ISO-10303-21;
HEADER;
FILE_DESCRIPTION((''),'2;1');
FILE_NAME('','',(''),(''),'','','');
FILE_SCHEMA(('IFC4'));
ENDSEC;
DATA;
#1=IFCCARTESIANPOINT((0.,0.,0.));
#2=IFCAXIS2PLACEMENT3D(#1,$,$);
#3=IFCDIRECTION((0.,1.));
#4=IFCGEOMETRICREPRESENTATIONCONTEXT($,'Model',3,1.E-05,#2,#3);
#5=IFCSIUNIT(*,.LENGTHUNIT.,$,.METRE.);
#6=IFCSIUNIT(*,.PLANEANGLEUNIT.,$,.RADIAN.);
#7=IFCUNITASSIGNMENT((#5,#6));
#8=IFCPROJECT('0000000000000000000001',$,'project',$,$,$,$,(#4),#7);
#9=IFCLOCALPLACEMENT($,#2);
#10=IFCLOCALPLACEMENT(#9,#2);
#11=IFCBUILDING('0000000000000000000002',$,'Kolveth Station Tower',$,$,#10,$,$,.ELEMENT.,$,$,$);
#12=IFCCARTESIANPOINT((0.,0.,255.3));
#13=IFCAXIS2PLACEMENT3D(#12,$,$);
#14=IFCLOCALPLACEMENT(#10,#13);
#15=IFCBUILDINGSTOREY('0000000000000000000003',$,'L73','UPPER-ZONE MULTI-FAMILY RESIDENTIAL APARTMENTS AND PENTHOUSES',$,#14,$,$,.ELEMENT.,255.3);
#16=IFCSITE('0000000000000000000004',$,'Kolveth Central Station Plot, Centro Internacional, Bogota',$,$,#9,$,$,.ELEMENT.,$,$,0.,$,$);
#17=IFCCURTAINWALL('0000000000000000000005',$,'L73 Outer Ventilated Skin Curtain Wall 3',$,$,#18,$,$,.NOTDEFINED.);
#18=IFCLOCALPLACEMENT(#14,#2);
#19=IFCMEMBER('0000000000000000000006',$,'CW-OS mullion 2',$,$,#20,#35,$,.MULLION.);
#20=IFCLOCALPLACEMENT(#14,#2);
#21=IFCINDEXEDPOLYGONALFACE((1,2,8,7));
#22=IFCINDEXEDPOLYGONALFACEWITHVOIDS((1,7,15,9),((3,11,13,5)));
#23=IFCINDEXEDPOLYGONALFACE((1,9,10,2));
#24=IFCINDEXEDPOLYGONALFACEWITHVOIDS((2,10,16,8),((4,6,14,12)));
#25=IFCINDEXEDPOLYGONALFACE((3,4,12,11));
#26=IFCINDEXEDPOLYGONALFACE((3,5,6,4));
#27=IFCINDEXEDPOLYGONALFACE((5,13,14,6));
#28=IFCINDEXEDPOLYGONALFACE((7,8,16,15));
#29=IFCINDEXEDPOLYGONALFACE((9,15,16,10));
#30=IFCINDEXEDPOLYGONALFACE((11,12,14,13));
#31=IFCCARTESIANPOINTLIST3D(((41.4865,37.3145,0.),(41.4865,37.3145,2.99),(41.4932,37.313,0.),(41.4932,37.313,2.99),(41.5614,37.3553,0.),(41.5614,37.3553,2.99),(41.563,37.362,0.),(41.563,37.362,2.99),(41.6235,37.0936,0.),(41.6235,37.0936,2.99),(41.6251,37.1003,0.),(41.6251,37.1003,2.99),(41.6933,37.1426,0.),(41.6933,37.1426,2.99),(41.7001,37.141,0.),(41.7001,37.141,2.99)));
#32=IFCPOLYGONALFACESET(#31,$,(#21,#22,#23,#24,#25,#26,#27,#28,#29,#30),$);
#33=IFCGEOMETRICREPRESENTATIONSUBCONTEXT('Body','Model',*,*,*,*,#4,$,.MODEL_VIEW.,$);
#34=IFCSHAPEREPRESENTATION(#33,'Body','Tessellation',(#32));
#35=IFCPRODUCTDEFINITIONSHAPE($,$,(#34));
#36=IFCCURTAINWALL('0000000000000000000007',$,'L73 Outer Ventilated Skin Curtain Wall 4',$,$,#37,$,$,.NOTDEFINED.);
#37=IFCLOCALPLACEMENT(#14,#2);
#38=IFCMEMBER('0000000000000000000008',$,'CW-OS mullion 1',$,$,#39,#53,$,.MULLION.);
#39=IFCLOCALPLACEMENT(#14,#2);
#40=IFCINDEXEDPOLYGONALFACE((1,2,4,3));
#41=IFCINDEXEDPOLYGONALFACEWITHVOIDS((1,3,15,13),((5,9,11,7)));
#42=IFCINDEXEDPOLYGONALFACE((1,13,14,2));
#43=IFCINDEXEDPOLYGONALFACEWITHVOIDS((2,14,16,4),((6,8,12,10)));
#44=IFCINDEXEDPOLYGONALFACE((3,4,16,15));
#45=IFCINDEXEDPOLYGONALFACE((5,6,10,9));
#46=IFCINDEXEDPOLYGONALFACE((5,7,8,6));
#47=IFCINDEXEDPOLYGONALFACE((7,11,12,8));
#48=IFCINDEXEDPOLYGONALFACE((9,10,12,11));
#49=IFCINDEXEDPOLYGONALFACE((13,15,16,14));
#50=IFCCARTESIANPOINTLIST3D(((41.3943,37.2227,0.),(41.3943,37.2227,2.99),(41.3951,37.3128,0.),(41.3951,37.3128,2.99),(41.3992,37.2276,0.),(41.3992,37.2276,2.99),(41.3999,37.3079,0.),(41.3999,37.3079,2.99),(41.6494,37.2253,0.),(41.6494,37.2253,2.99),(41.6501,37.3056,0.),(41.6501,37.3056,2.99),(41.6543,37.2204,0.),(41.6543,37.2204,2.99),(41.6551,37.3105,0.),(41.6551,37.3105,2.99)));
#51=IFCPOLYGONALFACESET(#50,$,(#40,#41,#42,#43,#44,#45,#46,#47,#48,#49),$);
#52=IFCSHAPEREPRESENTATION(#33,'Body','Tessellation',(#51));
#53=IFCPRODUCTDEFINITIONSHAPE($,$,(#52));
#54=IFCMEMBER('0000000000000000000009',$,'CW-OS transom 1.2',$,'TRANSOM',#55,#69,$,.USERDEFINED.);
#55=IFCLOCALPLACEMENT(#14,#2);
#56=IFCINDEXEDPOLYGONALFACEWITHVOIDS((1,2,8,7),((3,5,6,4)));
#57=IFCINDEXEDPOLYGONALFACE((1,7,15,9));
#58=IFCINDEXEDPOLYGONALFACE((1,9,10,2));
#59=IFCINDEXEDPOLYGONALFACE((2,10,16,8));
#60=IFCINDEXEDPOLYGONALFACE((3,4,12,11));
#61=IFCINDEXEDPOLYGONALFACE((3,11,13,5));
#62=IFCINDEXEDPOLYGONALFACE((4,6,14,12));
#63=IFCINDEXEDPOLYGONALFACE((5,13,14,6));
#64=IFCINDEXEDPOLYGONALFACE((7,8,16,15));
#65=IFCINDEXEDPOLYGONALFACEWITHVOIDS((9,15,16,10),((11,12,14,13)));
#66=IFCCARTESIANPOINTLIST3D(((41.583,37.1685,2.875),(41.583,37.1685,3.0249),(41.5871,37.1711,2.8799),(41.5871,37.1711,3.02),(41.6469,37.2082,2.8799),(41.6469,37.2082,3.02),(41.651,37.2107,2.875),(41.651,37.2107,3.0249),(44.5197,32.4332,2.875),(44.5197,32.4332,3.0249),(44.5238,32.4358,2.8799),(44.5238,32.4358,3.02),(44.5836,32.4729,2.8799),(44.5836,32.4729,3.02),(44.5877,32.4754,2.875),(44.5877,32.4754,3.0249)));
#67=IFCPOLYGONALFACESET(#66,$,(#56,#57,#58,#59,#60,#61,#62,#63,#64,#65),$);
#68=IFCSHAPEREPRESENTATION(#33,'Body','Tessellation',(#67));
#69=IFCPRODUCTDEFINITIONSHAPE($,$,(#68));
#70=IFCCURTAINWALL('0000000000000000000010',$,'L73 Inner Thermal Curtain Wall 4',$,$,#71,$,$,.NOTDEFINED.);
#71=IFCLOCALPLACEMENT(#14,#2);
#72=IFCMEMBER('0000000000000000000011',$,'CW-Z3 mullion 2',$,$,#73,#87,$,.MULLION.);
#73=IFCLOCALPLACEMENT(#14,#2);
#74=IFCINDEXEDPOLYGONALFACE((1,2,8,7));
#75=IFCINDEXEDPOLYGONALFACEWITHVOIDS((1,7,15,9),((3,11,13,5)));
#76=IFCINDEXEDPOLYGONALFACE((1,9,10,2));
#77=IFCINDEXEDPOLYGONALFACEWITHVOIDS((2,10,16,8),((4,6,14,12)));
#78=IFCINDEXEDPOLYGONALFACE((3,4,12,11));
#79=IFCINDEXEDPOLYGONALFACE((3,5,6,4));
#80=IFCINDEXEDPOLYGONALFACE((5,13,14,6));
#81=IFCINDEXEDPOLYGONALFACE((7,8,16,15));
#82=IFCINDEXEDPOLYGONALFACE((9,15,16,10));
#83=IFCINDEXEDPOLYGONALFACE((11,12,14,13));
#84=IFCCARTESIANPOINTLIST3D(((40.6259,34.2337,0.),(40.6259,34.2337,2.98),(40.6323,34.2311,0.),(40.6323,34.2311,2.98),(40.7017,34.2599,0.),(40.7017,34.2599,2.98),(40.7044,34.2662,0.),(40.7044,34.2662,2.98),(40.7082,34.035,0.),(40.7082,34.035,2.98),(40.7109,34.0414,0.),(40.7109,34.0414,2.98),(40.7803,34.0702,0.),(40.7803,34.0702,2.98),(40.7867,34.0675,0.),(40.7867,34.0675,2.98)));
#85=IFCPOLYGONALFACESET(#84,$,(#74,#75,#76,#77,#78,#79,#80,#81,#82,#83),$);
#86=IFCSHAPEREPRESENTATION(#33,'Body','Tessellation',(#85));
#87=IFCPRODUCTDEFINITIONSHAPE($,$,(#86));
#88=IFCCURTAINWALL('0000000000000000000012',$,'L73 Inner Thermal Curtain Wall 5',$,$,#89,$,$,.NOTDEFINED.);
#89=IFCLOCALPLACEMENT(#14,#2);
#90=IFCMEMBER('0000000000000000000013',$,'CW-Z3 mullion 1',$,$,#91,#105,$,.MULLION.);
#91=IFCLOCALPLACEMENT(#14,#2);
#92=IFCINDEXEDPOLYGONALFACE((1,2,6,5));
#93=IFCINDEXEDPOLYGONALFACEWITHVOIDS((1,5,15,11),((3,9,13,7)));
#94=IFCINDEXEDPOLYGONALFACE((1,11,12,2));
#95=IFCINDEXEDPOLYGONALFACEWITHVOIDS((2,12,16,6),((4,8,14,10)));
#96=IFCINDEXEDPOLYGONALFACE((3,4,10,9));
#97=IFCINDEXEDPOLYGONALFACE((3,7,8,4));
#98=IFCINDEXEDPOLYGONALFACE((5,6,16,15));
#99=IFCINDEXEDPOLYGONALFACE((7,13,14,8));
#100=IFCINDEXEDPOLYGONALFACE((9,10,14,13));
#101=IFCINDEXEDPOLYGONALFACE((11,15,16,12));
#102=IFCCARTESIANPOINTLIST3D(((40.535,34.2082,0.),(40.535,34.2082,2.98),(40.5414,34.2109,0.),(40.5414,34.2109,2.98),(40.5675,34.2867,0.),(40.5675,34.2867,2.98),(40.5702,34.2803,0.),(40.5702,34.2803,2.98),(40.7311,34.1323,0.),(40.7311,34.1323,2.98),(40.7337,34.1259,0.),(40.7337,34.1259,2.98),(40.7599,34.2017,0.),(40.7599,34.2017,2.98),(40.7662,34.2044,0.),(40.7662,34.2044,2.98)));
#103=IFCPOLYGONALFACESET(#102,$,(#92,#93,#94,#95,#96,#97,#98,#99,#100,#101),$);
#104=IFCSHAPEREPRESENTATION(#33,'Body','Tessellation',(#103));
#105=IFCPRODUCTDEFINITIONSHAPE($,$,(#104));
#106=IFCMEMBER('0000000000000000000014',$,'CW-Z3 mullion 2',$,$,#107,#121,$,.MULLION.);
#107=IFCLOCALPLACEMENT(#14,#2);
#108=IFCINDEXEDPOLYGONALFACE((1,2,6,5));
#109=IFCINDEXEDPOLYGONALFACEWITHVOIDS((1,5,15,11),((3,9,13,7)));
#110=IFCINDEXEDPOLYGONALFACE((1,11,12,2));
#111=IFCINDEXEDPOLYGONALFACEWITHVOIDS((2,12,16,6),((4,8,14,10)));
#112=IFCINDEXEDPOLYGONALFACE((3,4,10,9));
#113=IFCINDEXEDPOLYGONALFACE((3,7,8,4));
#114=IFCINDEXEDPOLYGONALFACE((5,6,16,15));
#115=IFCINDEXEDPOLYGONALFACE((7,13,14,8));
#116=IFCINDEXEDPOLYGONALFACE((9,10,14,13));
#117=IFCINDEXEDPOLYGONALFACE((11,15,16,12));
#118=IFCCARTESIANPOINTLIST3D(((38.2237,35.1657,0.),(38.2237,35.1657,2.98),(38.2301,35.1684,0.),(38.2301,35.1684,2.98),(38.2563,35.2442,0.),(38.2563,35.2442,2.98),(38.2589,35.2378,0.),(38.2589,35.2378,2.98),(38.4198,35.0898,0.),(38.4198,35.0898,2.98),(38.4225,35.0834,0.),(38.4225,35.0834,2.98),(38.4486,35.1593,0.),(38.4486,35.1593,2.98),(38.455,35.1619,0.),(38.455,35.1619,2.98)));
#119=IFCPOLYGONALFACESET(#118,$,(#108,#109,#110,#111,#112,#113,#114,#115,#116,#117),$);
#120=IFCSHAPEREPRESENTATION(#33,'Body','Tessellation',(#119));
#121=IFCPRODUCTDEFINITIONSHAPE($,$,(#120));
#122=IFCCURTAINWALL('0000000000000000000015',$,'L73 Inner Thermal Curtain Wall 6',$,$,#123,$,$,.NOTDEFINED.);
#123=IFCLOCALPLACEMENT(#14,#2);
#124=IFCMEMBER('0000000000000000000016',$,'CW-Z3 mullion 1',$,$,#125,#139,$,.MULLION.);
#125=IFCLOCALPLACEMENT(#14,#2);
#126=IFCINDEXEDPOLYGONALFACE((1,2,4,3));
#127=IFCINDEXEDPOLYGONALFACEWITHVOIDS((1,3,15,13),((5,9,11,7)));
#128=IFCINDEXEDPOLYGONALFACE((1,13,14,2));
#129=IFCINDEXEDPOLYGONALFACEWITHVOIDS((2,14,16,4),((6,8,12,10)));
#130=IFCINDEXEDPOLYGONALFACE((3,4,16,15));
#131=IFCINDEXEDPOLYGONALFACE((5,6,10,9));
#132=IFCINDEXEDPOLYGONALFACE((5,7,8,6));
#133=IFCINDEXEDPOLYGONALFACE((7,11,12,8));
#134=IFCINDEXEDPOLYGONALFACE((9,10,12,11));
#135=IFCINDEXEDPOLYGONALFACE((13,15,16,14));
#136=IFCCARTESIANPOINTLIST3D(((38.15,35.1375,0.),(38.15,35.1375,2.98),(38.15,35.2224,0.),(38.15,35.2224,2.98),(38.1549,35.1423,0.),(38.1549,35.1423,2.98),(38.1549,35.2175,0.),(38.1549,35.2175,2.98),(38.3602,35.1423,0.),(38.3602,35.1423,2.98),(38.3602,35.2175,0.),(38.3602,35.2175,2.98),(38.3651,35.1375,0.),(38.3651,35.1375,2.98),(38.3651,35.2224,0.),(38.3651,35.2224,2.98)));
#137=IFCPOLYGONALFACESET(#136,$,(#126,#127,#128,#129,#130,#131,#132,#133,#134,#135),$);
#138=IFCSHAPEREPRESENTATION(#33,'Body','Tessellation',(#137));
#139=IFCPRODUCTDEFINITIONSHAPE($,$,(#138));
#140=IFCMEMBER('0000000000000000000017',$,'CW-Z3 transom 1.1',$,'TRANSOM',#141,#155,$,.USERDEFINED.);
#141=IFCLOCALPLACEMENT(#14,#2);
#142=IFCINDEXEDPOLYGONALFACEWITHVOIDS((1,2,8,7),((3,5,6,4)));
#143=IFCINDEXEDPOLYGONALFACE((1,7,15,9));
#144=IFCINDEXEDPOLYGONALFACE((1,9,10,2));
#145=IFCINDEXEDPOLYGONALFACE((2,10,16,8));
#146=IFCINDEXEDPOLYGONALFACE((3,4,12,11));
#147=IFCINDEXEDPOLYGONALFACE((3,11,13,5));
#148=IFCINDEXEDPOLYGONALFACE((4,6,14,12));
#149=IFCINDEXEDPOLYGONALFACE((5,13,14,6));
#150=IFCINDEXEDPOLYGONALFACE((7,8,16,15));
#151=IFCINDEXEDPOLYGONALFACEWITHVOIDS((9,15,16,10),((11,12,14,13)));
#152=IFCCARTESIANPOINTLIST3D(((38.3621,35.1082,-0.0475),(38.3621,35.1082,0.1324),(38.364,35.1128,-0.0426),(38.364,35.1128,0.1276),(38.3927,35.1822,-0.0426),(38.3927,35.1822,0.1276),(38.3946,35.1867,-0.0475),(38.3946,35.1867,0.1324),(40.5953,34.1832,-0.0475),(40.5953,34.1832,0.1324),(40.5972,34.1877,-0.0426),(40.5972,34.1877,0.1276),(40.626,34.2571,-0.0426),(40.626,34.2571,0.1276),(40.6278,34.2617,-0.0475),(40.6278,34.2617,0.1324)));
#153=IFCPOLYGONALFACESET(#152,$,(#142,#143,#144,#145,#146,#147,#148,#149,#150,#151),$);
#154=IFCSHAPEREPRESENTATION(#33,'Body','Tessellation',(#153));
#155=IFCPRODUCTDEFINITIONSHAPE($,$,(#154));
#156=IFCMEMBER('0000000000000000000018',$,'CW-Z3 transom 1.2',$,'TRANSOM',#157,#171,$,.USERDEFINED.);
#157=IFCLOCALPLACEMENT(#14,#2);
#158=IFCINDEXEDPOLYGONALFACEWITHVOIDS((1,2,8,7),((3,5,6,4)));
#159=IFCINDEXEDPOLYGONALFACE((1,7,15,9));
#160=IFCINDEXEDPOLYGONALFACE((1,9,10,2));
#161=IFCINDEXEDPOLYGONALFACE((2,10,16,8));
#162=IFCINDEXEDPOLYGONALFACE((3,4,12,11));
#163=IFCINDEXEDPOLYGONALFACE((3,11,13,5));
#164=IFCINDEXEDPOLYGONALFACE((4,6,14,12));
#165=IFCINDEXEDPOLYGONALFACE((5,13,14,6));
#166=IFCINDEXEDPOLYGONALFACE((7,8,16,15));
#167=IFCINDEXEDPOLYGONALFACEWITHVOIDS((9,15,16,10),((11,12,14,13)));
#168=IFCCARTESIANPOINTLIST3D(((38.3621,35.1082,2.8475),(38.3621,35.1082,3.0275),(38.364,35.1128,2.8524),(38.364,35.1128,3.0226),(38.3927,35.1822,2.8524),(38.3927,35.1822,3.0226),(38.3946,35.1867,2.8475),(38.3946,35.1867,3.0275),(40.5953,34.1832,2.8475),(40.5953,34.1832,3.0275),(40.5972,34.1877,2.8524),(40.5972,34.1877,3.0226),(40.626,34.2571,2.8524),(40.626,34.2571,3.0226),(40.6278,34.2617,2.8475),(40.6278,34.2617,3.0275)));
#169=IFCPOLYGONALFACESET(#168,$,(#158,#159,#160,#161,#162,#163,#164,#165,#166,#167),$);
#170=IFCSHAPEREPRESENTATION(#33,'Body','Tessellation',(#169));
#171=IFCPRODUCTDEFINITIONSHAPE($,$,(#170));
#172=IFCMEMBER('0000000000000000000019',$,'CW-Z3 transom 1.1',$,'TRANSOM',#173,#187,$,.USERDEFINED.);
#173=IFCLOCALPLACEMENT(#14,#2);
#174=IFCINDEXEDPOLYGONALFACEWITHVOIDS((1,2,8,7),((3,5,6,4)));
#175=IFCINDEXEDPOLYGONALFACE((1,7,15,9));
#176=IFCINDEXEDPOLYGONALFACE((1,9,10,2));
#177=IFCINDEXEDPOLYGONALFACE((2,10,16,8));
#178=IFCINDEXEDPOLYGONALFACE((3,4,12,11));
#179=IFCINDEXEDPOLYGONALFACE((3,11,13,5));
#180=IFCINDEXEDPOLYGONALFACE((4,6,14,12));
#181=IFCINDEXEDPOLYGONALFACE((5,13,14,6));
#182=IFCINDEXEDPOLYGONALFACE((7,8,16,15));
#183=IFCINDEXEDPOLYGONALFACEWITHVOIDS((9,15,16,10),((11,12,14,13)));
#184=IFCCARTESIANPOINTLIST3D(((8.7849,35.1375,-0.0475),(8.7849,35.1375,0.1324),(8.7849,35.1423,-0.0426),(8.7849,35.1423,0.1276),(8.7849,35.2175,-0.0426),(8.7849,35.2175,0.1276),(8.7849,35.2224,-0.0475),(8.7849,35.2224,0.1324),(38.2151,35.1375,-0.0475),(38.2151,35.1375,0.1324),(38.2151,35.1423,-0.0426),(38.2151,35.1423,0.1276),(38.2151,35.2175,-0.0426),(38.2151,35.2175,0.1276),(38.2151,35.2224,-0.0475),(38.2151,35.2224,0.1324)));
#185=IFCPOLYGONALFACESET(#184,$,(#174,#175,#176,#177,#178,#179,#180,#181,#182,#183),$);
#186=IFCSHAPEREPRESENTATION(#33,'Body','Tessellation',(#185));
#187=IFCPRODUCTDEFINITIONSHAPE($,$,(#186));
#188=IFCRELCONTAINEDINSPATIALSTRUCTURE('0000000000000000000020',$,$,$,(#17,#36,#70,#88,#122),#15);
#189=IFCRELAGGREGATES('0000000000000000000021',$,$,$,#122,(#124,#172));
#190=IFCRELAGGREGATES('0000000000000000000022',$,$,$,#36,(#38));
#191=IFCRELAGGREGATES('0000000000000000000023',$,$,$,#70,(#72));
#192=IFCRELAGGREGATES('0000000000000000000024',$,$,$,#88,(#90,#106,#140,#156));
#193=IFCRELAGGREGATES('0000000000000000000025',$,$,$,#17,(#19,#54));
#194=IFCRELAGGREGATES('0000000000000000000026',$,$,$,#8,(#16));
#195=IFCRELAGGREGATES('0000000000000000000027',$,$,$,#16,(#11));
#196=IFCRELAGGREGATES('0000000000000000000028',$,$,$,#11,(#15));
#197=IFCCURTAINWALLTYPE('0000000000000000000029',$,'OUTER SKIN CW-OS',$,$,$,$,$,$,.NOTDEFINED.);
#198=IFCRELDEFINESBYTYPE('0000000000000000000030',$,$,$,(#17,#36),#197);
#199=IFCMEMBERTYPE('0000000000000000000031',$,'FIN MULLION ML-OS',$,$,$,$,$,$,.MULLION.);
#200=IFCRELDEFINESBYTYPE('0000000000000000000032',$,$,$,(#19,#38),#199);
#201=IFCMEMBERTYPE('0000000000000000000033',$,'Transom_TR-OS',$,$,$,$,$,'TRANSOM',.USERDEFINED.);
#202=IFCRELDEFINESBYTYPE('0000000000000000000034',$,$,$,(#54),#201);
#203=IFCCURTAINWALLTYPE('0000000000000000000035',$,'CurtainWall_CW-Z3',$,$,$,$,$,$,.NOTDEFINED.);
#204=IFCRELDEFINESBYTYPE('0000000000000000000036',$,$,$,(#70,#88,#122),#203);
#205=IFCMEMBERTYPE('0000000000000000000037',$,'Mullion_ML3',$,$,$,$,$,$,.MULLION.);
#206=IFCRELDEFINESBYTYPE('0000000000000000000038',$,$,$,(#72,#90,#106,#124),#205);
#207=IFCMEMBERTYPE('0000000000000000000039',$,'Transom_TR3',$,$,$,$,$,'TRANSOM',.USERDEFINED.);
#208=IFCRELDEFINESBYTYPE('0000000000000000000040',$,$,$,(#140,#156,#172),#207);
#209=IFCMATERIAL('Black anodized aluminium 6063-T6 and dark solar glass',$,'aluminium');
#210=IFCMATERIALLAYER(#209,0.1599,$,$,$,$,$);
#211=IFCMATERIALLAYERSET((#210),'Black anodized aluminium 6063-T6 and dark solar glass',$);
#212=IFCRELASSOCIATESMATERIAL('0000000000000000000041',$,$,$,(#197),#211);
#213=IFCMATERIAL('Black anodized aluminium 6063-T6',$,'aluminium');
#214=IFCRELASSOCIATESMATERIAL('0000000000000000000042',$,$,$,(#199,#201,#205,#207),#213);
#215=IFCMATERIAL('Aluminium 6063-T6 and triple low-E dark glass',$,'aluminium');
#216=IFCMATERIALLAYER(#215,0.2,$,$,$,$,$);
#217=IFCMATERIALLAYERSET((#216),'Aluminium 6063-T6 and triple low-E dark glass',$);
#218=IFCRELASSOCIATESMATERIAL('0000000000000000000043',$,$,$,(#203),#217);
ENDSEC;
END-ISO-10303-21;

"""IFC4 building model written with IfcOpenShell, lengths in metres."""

from ifc_helpers import new_model, si_unit, direction, frame, origin, origin_2d, place, context, subcontext, project, spatial, hollow_rectangle, extrude, source, transform, mapped, material, layer, layer_set, material_profile, profile_set, type_object, element, aggregate, save


model = new_model("IFC4")

# Units and contexts
model_context = context("Model", 3, precision=1e-05, world=origin(), true_north=direction((0.0, 1.0)))
body_context = subcontext(model_context, "Body", "Model", "MODEL_VIEW")
ifc_project = project(units=[si_unit("LENGTHUNIT", "METRE"), si_unit("PLANEANGLEUNIT", "RADIAN")], contexts=[model_context])

# Site, building, storey
site_placement = place(None, origin())
site = spatial("IfcSite", under=ifc_project, at=site_placement, Name="Kolveth Central Station Plot, Centro Internacional, Bogota", CompositionType="ELEMENT", RefElevation=0.0)
building_placement = place(site_placement, origin())
building = spatial("IfcBuilding", under=site, at=building_placement, Name="Kolveth Station Tower", CompositionType="ELEMENT")
storey_placement = place(building_placement, frame((0.0, 0.0, 255.3)))
storey = spatial("IfcBuildingStorey", under=building, at=storey_placement, Name="L73", Description="UPPER-ZONE MULTI-FAMILY RESIDENTIAL APARTMENTS AND PENTHOUSES", CompositionType="ELEMENT", Elevation=255.3)

# Curtain walls, members
ifc_material_1 = material(Name="Black anodized aluminium 6063-T6 and dark solar glass", Category="aluminium")
ifc_layer_1 = layer(ifc_material_1, 0.1599)
ifc_layer_set_1 = layer_set([ifc_layer_1], Name="Black anodized aluminium 6063-T6 and dark solar glass")
curtain_wall_type_1 = type_object("IfcCurtainWallType", Name="OUTER SKIN CW-OS", PredefinedType="NOTDEFINED", material=ifc_layer_set_1)
curtain_wall_1_placement = place(storey_placement, origin())
curtain_wall_1 = element("IfcCurtainWall", 1, at=curtain_wall_1_placement, inside=storey, type_object=curtain_wall_type_1, Name="L73 Outer Ventilated Skin Curtain Wall 3", PredefinedType="NOTDEFINED")
ifc_material_2 = material(Name="Black anodized aluminium 6063-T6", Category="aluminium")
ifc_material_profile_1 = material_profile(ifc_material_2, hollow_rectangle(XDim=0.0901, YDim=0.26, WallThickness=0.0049, at=origin_2d()), Name="ALU-90x260x5")
ifc_profile_set_1 = profile_set([ifc_material_profile_1], Name="Black anodized aluminium 6063-T6")
member_type_1 = type_object("IfcMemberType", Name="FIN MULLION ML-OS", PredefinedType="MULLION", material=ifc_profile_set_1)
shared_shape_1 = source(origin(), body_context, "Body", "SweptSolid", [
    extrude(hollow_rectangle(XDim=0.0901, YDim=0.26, WallThickness=0.0049, at=origin_2d()), origin(), (0.0, 0.0, 1.0), 2.99),
])
member_1_placement = place(storey_placement, frame((41.5933, 37.2278, 0.0), z_axis=(0.0, 0.0, 1.0), x_axis=(-0.849844, -0.527034, 0.0)))
member_1 = element("IfcMember", 2, at=member_1_placement, type_object=member_type_1, Name="CW-OS mullion 2", PredefinedType="MULLION", context=body_context, shape_type="MappedRepresentation", body=[
    mapped(shared_shape_1, transform((0.0, 0.0, 0.0), x_axis=(1.0, 0.0, 0.0), y_axis=(0.0, 1.0, 0.0), z_axis=(0.0, 0.0, 1.0), scale=1.0)),
])
curtain_wall_2_placement = place(storey_placement, origin())
curtain_wall_2 = element("IfcCurtainWall", 3, at=curtain_wall_2_placement, inside=storey, type_object=curtain_wall_type_1, Name="L73 Outer Ventilated Skin Curtain Wall 4", PredefinedType="NOTDEFINED")
member_2_placement = place(storey_placement, frame((41.5247, 37.2666, 0.0), z_axis=(0.0, 0.0, 1.0), x_axis=(-0.009022, -0.999959, 0.0)))
member_2 = element("IfcMember", 4, at=member_2_placement, type_object=member_type_1, Name="CW-OS mullion 1", PredefinedType="MULLION", context=body_context, shape_type="MappedRepresentation", body=[
    mapped(shared_shape_1, transform((0.0, 0.0, 0.0), x_axis=(1.0, 0.0, 0.0), y_axis=(0.0, 1.0, 0.0), z_axis=(0.0, 0.0, 1.0), scale=1.0)),
])

# Member
ifc_material_profile_2 = material_profile(ifc_material_2, hollow_rectangle(XDim=0.0801, YDim=0.1499, WallThickness=0.0049, at=origin_2d()), Name="ALU-80x150x5")
ifc_profile_set_2 = profile_set([ifc_material_profile_2], Name="Black anodized aluminium 6063-T6")
member_type_2 = type_object("IfcMemberType", Name="Transom_TR-OS", ElementType="TRANSOM", PredefinedType="USERDEFINED", material=ifc_profile_set_2)
shared_shape_2 = source(origin(), body_context, "Body", "SweptSolid", [
    extrude(hollow_rectangle(XDim=0.0801, YDim=0.1499, WallThickness=0.0049, at=origin_2d()), origin(), (0.0, 0.0, 1.0), 5.572),
])
member_3_placement = place(storey_placement, frame((44.5537, 32.4543, 2.95), z_axis=(-0.52705, 0.849834, 0.0), x_axis=(-0.849834, -0.52705, 0.0)))
member_3 = element("IfcMember", 5, at=member_3_placement, type_object=member_type_2, Name="CW-OS transom 1.2", ObjectType="TRANSOM", PredefinedType="USERDEFINED", context=body_context, shape_type="MappedRepresentation", body=[
    mapped(shared_shape_2, transform((0.0, 0.0, 0.0), x_axis=(1.0, 0.0, 0.0), y_axis=(0.0, 1.0, 0.0), z_axis=(0.0, 0.0, 1.0), scale=1.0)),
])

# Curtain wall, member
ifc_material_3 = material(Name="Aluminium 6063-T6 and triple low-E dark glass", Category="aluminium")
ifc_layer_2 = layer(ifc_material_3, 0.2)
ifc_layer_set_2 = layer_set([ifc_layer_2], Name="Aluminium 6063-T6 and triple low-E dark glass")
curtain_wall_type_2 = type_object("IfcCurtainWallType", Name="CurtainWall_CW-Z3", PredefinedType="NOTDEFINED", material=ifc_layer_set_2)
curtain_wall_3_placement = place(storey_placement, origin())
curtain_wall_3 = element("IfcCurtainWall", 6, at=curtain_wall_3_placement, inside=storey, type_object=curtain_wall_type_2, Name="L73 Inner Thermal Curtain Wall 4", PredefinedType="NOTDEFINED")
ifc_material_profile_3 = material_profile(ifc_material_2, hollow_rectangle(XDim=0.085, YDim=0.2151, WallThickness=0.0049, at=origin_2d()), Name="ALU-85x215x5")
ifc_profile_set_3 = profile_set([ifc_material_profile_3], Name="Black anodized aluminium 6063-T6")
member_type_3 = type_object("IfcMemberType", Name="Mullion_ML3", PredefinedType="MULLION", material=ifc_profile_set_3)
shared_shape_3 = source(origin(), body_context, "Body", "SweptSolid", [
    extrude(hollow_rectangle(XDim=0.085, YDim=0.2151, WallThickness=0.0049, at=origin_2d()), origin(), (0.0, 0.0, 1.0), 2.98),
])
member_4_placement = place(storey_placement, frame((40.7063, 34.1506, 0.0), z_axis=(0.0, 0.0, 1.0), x_axis=(-0.923875, -0.382693, 0.0)))
member_4 = element("IfcMember", 7, at=member_4_placement, type_object=member_type_3, Name="CW-Z3 mullion 2", PredefinedType="MULLION", context=body_context, shape_type="MappedRepresentation", body=[
    mapped(shared_shape_3, transform((0.0, 0.0, 0.0), x_axis=(1.0, 0.0, 0.0), y_axis=(0.0, 1.0, 0.0), z_axis=(0.0, 0.0, 1.0), scale=1.0)),
])

# Curtain wall, members
curtain_wall_4_placement = place(storey_placement, origin())
curtain_wall_4 = element("IfcCurtainWall", 8, at=curtain_wall_4_placement, inside=storey, type_object=curtain_wall_type_2, Name="L73 Inner Thermal Curtain Wall 5", PredefinedType="NOTDEFINED")
member_5_placement = place(storey_placement, frame((40.6506, 34.2063, 0.0), z_axis=(0.0, 0.0, 1.0), x_axis=(-0.382693, -0.923875, 0.0)))
member_5 = element("IfcMember", 9, at=member_5_placement, type_object=member_type_3, Name="CW-Z3 mullion 1", PredefinedType="MULLION", context=body_context, shape_type="MappedRepresentation", body=[
    mapped(shared_shape_3, transform((0.0, 0.0, 0.0), x_axis=(1.0, 0.0, 0.0), y_axis=(0.0, 1.0, 0.0), z_axis=(0.0, 0.0, 1.0), scale=1.0)),
])
member_6_placement = place(storey_placement, frame((38.3394, 35.1638, 0.0), z_axis=(0.0, 0.0, 1.0), x_axis=(-0.382693, -0.923875, 0.0)))
member_6 = element("IfcMember", 10, at=member_6_placement, type_object=member_type_3, Name="CW-Z3 mullion 2", PredefinedType="MULLION", context=body_context, shape_type="MappedRepresentation", body=[
    mapped(shared_shape_3, transform((0.0, 0.0, 0.0), x_axis=(1.0, 0.0, 0.0), y_axis=(0.0, 1.0, 0.0), z_axis=(0.0, 0.0, 1.0), scale=1.0)),
])

# Curtain wall, member
curtain_wall_5_placement = place(storey_placement, origin())
curtain_wall_5 = element("IfcCurtainWall", 11, at=curtain_wall_5_placement, inside=storey, type_object=curtain_wall_type_2, Name="L73 Inner Thermal Curtain Wall 6", PredefinedType="NOTDEFINED")
member_7_placement = place(storey_placement, frame((38.2576, 35.1799, 0.0), z_axis=(0.0, 0.0, 1.0), x_axis=(0.0, -1.0, 0.0)))
member_7 = element("IfcMember", 12, at=member_7_placement, type_object=member_type_3, Name="CW-Z3 mullion 1", PredefinedType="MULLION", context=body_context, shape_type="MappedRepresentation", body=[
    mapped(shared_shape_3, transform((0.0, 0.0, 0.0), x_axis=(1.0, 0.0, 0.0), y_axis=(0.0, 1.0, 0.0), z_axis=(0.0, 0.0, 1.0), scale=1.0)),
])

# Members
ifc_material_profile_4 = material_profile(ifc_material_2, hollow_rectangle(XDim=0.085, YDim=0.1799, WallThickness=0.0049, at=origin_2d()), Name="ALU-85x180x5")
ifc_profile_set_4 = profile_set([ifc_material_profile_4], Name="Black anodized aluminium 6063-T6")
member_type_4 = type_object("IfcMemberType", Name="Transom_TR3", ElementType="TRANSOM", PredefinedType="USERDEFINED", material=ifc_profile_set_4)
shared_shape_4 = source(origin(), body_context, "Body", "SweptSolid", [
    extrude(hollow_rectangle(XDim=0.085, YDim=0.1799, WallThickness=0.0049, at=origin_2d()), origin(), (0.0, 0.0, 1.0), 2.4172),
])
member_8_placement = place(storey_placement, frame((40.6116, 34.2224, 0.0425), z_axis=(-0.923873, 0.3827, 0.0), x_axis=(-0.3827, -0.923873, 0.0)))
member_8 = element("IfcMember", 13, at=member_8_placement, type_object=member_type_4, Name="CW-Z3 transom 1.1", ObjectType="TRANSOM", PredefinedType="USERDEFINED", context=body_context, shape_type="MappedRepresentation", body=[
    mapped(shared_shape_4, transform((0.0, 0.0, 0.0), x_axis=(1.0, 0.0, 0.0), y_axis=(0.0, 1.0, 0.0), z_axis=(0.0, 0.0, 1.0), scale=1.0)),
])
member_9_placement = place(storey_placement, frame((40.6116, 34.2224, 2.9375), z_axis=(-0.923873, 0.3827, 0.0), x_axis=(-0.3827, -0.923873, 0.0)))
member_9 = element("IfcMember", 14, at=member_9_placement, type_object=member_type_4, Name="CW-Z3 transom 1.2", ObjectType="TRANSOM", PredefinedType="USERDEFINED", context=body_context, shape_type="MappedRepresentation", body=[
    mapped(shared_shape_4, transform((0.0, 0.0, 0.0), x_axis=(1.0, 0.0, 0.0), y_axis=(0.0, 1.0, 0.0), z_axis=(0.0, 0.0, 1.0), scale=1.0)),
])
shared_shape_5 = source(origin(), body_context, "Body", "SweptSolid", [
    extrude(hollow_rectangle(XDim=0.085, YDim=0.1799, WallThickness=0.0049, at=origin_2d()), origin(), (0.0, 0.0, 1.0), 29.4302),
])
member_10_placement = place(storey_placement, frame((38.2151, 35.1799, 0.0425), z_axis=(-1.0, 0.0, 0.0), x_axis=(0.0, -1.0, 0.0)))
member_10 = element("IfcMember", 15, at=member_10_placement, type_object=member_type_4, Name="CW-Z3 transom 1.1", ObjectType="TRANSOM", PredefinedType="USERDEFINED", context=body_context, shape_type="MappedRepresentation", body=[
    mapped(shared_shape_5, transform((0.0, 0.0, 0.0), x_axis=(1.0, 0.0, 0.0), y_axis=(0.0, 1.0, 0.0), z_axis=(0.0, 0.0, 1.0), scale=1.0)),
])
aggregate(curtain_wall_5, [member_7, member_10])
aggregate(curtain_wall_2, [member_2])

aggregate(curtain_wall_3, [member_4])
aggregate(curtain_wall_4, [member_5, member_6, member_8, member_9])
aggregate(curtain_wall_1, [member_1, member_3])

save(model, "model.ifc")
